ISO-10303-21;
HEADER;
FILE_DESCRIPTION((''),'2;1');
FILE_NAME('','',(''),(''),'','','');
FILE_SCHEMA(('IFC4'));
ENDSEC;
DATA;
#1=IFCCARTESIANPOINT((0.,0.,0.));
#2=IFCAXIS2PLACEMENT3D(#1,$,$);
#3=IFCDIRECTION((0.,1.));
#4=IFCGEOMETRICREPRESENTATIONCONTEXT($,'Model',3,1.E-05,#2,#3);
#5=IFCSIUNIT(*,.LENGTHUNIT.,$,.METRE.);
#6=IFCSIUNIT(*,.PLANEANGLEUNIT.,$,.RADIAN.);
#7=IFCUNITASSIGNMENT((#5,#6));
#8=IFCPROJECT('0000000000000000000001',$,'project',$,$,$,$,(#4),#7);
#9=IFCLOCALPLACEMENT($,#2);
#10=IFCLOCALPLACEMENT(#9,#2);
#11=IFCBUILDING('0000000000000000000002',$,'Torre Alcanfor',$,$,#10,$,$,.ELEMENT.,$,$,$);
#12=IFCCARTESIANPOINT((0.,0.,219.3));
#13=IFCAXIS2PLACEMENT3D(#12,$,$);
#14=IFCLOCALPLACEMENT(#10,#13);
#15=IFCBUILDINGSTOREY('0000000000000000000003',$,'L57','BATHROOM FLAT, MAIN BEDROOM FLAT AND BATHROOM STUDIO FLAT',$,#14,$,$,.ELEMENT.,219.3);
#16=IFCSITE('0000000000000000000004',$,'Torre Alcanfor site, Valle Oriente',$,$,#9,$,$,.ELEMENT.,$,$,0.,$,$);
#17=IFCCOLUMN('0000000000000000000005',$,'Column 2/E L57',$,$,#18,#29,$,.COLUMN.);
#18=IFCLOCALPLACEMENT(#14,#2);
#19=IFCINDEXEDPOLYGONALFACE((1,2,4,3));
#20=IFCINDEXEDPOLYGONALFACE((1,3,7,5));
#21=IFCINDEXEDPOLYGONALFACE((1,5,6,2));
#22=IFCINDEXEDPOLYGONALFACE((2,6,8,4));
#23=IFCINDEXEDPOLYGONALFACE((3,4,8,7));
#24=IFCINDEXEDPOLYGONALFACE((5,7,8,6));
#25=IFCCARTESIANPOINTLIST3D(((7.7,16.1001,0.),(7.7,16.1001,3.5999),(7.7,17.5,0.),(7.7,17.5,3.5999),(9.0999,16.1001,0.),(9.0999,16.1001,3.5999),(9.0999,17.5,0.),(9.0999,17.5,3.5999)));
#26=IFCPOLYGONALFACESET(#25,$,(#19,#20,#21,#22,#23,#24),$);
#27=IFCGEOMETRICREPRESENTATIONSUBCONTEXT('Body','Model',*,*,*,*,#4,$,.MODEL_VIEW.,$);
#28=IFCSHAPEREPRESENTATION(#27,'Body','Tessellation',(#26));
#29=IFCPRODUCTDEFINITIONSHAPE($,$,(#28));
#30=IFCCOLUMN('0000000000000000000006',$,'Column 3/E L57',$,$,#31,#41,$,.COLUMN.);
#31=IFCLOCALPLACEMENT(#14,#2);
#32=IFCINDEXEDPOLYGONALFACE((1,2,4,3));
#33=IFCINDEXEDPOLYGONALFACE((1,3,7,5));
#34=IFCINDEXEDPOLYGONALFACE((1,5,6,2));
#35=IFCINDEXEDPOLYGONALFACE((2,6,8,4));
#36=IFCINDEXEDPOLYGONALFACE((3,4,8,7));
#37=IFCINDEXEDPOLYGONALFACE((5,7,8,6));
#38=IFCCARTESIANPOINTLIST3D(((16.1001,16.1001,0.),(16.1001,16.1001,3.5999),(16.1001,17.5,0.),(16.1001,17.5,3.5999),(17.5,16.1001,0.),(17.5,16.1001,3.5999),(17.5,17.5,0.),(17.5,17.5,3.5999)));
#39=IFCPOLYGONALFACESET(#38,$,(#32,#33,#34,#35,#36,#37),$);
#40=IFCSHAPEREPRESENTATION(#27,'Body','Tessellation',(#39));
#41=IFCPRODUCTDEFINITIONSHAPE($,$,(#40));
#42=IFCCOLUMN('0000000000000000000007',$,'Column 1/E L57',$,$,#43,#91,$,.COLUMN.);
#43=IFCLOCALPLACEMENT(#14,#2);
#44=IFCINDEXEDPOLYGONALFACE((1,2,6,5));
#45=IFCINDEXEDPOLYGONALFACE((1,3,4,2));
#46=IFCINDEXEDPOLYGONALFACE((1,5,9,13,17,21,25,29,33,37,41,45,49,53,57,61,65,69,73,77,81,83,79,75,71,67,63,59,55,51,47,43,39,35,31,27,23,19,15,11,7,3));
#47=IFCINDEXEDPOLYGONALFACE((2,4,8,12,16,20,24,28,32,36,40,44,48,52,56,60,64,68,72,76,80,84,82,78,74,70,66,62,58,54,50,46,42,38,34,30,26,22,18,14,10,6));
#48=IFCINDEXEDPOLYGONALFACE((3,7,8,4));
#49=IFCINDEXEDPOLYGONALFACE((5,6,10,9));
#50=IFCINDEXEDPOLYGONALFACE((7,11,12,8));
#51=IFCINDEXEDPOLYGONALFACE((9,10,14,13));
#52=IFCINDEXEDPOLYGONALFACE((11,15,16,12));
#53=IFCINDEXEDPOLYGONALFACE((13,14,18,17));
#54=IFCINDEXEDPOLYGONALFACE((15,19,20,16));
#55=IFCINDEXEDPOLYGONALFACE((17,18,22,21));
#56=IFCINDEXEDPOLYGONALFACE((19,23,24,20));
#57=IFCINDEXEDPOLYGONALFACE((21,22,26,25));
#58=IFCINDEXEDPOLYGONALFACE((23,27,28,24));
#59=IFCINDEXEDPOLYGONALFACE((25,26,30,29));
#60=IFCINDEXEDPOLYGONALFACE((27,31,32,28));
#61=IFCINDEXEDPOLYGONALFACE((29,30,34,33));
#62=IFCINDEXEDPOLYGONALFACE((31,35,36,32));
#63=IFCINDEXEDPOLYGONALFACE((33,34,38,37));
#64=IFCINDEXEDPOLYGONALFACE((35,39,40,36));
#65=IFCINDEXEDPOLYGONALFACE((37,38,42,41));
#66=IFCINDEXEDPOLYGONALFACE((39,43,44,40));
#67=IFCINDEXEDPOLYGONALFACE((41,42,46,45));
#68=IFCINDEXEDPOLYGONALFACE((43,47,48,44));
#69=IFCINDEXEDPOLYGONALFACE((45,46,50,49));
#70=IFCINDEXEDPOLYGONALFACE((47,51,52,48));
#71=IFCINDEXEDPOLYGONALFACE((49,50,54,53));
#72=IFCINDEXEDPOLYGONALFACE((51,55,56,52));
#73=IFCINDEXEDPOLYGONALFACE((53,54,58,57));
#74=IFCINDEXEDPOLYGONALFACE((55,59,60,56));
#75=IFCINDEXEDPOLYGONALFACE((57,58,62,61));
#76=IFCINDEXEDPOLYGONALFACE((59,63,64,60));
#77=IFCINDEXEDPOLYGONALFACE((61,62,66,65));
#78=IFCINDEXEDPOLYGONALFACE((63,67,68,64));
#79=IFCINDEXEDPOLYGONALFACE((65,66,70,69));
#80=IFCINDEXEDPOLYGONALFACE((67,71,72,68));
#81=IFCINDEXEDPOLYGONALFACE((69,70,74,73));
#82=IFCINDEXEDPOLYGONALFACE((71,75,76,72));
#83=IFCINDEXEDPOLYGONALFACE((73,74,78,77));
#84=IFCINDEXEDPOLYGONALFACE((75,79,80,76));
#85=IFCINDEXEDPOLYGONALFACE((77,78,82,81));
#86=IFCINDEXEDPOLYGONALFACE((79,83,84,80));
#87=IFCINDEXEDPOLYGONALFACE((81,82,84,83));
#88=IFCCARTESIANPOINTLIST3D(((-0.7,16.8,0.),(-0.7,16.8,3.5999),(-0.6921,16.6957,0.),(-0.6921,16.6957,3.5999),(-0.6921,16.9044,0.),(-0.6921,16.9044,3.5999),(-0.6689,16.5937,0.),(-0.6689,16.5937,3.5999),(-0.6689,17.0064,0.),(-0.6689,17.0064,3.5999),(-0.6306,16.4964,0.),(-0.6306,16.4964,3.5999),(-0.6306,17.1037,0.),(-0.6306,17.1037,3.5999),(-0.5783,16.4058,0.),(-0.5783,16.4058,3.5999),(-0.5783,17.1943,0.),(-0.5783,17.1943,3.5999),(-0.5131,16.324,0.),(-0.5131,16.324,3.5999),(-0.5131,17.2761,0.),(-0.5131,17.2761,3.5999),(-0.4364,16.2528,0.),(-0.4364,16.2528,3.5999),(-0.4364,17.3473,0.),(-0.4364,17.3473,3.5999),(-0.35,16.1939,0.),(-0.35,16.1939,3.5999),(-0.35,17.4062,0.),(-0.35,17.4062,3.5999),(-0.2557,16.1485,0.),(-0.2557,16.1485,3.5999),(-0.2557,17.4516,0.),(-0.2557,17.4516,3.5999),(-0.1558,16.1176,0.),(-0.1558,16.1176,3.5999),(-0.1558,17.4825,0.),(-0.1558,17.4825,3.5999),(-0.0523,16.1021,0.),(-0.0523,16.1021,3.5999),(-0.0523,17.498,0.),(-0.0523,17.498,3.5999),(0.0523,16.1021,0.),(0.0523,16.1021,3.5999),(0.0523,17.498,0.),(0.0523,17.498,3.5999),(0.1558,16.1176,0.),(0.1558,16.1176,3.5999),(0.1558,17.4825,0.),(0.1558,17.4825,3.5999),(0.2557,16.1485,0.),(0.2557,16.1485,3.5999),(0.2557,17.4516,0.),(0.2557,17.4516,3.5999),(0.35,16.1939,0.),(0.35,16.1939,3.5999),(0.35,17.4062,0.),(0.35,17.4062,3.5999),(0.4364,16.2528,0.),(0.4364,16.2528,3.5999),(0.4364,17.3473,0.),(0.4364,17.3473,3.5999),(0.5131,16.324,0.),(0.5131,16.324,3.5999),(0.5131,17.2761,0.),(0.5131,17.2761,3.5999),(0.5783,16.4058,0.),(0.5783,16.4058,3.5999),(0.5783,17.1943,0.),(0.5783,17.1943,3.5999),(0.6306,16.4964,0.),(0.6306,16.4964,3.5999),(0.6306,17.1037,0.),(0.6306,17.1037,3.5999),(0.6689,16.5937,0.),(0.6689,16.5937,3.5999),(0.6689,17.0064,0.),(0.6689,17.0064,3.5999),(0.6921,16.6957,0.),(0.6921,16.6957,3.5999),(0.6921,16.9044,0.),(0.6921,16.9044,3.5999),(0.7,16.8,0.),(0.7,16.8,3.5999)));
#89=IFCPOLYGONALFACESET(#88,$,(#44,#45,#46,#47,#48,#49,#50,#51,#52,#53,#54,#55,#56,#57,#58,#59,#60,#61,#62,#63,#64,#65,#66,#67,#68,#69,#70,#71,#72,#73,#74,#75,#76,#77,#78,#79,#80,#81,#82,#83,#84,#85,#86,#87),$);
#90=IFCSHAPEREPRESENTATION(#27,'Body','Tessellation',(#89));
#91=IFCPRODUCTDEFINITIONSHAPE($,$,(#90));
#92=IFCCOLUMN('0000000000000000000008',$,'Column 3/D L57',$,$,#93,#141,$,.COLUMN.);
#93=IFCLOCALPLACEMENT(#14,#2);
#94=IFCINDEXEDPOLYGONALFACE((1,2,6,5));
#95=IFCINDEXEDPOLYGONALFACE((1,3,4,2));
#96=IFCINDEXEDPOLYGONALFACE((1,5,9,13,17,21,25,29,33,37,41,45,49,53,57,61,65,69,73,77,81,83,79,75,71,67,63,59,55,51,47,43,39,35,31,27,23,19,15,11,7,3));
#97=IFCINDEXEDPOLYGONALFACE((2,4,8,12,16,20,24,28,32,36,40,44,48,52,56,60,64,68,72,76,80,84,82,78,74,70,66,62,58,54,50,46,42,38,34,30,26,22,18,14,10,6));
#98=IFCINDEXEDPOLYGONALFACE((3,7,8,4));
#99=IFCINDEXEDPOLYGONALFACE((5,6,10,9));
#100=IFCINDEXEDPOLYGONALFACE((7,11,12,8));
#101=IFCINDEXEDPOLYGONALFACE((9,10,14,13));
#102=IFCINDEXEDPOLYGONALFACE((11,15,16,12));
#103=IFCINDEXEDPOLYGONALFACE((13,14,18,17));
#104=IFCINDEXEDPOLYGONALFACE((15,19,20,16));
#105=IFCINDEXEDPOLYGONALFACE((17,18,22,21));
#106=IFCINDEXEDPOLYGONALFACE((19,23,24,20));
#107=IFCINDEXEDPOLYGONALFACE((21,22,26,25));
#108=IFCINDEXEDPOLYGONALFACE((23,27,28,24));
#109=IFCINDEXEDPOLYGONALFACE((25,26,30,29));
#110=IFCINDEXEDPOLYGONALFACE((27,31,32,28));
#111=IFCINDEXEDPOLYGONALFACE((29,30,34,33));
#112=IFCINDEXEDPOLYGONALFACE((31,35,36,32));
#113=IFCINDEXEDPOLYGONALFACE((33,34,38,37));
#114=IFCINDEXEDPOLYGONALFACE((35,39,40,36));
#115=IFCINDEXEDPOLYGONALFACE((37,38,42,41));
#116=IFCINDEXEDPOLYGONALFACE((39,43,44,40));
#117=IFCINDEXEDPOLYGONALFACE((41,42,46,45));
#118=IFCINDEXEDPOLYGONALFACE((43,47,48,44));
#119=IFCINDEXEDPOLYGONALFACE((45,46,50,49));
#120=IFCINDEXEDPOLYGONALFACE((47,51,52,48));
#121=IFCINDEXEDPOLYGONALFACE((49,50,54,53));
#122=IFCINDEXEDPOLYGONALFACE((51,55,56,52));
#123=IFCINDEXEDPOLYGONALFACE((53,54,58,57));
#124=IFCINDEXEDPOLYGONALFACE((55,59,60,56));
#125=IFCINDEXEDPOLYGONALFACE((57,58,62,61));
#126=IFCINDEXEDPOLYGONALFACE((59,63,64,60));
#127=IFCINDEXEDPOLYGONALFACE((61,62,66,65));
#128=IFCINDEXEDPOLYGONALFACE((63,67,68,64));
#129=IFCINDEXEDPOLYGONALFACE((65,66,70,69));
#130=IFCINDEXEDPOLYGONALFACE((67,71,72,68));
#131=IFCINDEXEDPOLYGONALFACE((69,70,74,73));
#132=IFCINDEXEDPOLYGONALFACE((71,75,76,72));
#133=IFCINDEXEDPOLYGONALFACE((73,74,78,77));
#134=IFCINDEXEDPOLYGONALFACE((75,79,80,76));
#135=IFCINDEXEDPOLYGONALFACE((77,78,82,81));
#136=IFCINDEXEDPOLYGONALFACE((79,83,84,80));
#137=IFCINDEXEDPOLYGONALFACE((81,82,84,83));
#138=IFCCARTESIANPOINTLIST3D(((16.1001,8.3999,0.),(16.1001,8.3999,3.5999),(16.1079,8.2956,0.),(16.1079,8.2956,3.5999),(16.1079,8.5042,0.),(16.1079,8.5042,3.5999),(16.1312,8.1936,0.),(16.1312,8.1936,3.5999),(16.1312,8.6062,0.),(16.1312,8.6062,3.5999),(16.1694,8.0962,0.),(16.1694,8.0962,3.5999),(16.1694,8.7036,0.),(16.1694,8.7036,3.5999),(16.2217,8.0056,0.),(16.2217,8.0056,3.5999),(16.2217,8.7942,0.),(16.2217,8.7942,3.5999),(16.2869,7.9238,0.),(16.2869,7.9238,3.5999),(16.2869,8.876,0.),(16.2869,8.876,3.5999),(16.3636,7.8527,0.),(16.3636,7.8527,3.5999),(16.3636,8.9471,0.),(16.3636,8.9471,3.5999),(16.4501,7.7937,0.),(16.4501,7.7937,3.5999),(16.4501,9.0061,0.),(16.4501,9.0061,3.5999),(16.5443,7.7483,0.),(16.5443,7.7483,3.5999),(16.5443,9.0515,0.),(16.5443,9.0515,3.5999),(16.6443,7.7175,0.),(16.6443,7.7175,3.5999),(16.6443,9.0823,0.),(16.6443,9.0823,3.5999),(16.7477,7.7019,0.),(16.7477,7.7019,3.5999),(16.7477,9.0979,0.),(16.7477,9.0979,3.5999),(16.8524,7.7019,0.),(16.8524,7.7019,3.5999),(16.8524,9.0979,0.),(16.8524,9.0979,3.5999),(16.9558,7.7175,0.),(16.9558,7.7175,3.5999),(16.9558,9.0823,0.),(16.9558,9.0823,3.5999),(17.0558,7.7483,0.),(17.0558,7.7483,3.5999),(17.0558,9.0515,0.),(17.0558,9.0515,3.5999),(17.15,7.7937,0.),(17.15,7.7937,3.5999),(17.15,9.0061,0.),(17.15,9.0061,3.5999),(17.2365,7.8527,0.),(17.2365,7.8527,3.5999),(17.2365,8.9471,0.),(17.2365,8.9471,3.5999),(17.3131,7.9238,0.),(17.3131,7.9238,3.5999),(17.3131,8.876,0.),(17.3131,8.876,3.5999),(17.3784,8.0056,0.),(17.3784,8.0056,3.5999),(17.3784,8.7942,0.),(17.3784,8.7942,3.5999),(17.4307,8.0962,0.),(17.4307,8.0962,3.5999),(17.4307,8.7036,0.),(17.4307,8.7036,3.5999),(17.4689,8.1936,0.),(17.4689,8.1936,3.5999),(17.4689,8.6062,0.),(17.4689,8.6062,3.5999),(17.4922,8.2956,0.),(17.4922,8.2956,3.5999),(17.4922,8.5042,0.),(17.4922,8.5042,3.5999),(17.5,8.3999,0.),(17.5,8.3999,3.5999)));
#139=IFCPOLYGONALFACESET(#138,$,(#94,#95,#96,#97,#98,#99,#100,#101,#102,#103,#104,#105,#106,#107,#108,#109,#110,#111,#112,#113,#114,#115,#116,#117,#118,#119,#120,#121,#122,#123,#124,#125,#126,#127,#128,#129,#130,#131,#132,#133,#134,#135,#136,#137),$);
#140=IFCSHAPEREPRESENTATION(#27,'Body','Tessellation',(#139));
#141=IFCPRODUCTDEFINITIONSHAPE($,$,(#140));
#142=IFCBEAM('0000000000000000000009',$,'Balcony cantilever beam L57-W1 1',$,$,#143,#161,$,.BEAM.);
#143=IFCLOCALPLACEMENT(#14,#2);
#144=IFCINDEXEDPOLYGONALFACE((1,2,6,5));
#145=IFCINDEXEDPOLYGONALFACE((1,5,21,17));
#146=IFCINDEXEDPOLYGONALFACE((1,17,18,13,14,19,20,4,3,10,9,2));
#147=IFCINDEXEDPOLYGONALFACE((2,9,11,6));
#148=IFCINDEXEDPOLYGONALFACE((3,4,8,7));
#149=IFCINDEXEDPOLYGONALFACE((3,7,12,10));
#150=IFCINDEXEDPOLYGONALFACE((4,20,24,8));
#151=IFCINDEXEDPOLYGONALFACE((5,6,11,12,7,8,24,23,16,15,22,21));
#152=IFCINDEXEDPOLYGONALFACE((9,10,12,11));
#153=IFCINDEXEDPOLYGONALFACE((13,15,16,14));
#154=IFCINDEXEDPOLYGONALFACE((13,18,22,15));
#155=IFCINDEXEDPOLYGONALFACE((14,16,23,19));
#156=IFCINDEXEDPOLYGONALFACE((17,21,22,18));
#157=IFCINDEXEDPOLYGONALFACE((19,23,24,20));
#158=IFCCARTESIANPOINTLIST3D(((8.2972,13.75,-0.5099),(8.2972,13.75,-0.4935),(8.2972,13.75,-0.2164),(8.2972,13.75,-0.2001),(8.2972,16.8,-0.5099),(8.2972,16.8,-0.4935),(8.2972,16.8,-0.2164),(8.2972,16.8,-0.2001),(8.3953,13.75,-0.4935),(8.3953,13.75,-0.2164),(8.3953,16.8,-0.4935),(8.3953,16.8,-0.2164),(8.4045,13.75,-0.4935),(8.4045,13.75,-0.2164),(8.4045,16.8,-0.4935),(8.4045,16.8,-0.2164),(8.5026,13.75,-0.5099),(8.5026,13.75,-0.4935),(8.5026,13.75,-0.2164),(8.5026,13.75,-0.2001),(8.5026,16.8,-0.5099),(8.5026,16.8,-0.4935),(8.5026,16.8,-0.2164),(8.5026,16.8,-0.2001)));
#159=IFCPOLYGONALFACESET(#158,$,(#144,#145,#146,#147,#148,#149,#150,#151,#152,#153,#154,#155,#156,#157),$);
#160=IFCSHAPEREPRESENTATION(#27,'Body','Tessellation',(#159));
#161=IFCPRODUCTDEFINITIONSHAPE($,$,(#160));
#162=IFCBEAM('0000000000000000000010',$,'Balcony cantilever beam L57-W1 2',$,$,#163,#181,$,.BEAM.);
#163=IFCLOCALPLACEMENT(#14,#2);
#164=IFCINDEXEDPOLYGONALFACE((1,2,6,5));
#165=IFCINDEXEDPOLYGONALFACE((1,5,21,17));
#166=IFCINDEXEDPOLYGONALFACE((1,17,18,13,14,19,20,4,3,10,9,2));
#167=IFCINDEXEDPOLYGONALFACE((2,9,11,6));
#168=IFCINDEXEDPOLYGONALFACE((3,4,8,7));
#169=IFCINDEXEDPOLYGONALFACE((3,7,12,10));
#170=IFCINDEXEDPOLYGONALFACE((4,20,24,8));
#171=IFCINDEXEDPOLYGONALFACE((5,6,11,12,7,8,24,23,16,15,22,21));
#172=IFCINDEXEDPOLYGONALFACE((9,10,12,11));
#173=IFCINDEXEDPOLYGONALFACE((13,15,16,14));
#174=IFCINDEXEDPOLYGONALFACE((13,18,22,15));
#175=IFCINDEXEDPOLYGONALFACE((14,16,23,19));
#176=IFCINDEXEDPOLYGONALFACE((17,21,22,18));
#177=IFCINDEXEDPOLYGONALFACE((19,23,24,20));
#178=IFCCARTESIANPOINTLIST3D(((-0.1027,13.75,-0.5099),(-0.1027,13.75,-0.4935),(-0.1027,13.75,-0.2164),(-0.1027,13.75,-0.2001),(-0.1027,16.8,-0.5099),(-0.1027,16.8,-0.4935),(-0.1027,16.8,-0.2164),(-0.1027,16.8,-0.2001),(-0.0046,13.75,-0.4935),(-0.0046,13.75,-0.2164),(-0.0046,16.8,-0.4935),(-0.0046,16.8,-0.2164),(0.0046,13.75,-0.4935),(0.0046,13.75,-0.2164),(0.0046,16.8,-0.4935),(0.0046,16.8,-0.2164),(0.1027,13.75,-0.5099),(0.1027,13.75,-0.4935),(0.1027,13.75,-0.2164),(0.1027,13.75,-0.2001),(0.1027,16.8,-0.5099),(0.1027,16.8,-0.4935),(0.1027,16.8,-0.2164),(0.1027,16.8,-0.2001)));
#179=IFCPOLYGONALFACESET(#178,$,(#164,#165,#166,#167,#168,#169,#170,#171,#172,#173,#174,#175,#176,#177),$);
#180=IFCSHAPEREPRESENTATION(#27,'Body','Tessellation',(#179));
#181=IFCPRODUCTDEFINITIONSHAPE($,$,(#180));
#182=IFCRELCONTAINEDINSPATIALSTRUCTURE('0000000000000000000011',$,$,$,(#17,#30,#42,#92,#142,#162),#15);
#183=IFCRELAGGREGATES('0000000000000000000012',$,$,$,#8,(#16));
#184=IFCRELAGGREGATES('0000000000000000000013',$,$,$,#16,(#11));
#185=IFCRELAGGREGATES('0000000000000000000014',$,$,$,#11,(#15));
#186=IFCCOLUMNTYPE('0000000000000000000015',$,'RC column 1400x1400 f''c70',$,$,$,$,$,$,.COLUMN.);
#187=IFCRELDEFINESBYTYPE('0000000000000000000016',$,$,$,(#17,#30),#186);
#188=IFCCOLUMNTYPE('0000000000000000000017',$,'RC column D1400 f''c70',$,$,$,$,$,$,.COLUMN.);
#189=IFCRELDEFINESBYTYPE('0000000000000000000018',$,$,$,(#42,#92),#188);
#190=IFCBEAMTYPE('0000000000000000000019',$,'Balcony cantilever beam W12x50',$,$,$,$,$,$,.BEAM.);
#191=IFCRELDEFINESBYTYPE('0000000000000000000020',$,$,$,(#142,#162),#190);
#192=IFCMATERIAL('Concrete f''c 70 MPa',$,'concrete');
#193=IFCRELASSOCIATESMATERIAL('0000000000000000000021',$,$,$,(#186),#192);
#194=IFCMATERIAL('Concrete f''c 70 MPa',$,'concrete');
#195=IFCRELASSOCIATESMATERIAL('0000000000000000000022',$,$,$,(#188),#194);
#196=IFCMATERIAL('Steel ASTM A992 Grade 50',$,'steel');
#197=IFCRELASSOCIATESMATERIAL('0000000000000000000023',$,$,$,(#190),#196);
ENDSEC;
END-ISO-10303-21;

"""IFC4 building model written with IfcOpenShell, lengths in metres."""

from ifc_helpers import new_model, si_unit, direction, frame, origin, origin_2d, place, context, subcontext, project, spatial, rectangle, circle, i_section, extrude, material, material_profile, profile_set, type_object, element, save


model = new_model("IFC4")

# Units and contexts
model_context = context("Model", 3, precision=1e-05, world=origin(), true_north=direction((0.0, 1.0)))
body_context = subcontext(model_context, "Body", "Model", "MODEL_VIEW")
ifc_project = project(units=[si_unit("LENGTHUNIT", "METRE"), si_unit("PLANEANGLEUNIT", "RADIAN")], contexts=[model_context])

# Site, building, storey
site_placement = place(None, origin())
site = spatial("IfcSite", under=ifc_project, at=site_placement, Name="Torre Alcanfor site, Valle Oriente", CompositionType="ELEMENT", RefElevation=0.0)
building_placement = place(site_placement, origin())
building = spatial("IfcBuilding", under=site, at=building_placement, Name="Torre Alcanfor", CompositionType="ELEMENT")
storey_placement = place(building_placement, frame((0.0, 0.0, 219.3)))
storey = spatial("IfcBuildingStorey", under=building, at=storey_placement, Name="L57", Description="BATHROOM FLAT, MAIN BEDROOM FLAT AND BATHROOM STUDIO FLAT", CompositionType="ELEMENT", Elevation=219.3)

# Columns
ifc_material_1 = material(Name="Concrete f'c 70 MPa", Category="concrete")
ifc_material_profile_1 = material_profile(ifc_material_1, rectangle(XDim=1.3999, YDim=1.3999, at=origin_2d()), Name="1400x1400")
ifc_profile_set_1 = profile_set([ifc_material_profile_1], Name="Concrete f'c 70 MPa")
column_type_1 = type_object("IfcColumnType", Name="RC column 1400x1400 f'c70", PredefinedType="COLUMN", material=ifc_profile_set_1)
for number, where, z_axis, x_axis, name in (
    (1, (8.3999, 16.8, 0.0), (0.0, 0.0, 1.0), (1.0, 0.0, 0.0), "Column 2/E L57"),
    (2, (16.8, 16.8, 0.0), (0.0, 0.0, 1.0), (1.0, 0.0, 0.0), "Column 3/E L57"),
):
    element("IfcColumn", number, at=place(storey_placement, frame(where, z_axis=z_axis, x_axis=x_axis)), inside=storey, type_object=column_type_1, Name=name, PredefinedType="COLUMN", context=body_context, shape_type="SweptSolid", body=[
        extrude(rectangle(XDim=1.3999, YDim=1.3999, at=origin_2d()), origin(), (0.0, 0.0, 1.0), 3.5999),
    ])
ifc_material_2 = material(Name="Concrete f'c 70 MPa", Category="concrete")
ifc_material_profile_2 = material_profile(ifc_material_2, circle(Radius=0.7, at=origin_2d()), Name="D1400")
ifc_profile_set_2 = profile_set([ifc_material_profile_2], Name="Concrete f'c 70 MPa")
column_type_2 = type_object("IfcColumnType", Name="RC column D1400 f'c70", PredefinedType="COLUMN", material=ifc_profile_set_2)
for number, where, z_axis, x_axis, name in (
    (3, (0.0, 16.8, 0.0), (0.0, 0.0, 1.0), (1.0, 0.0, 0.0), "Column 1/E L57"),
    (4, (16.8, 8.3999, 0.0), (0.0, 0.0, 1.0), (1.0, 0.0, 0.0), "Column 3/D L57"),
):
    element("IfcColumn", number, at=place(storey_placement, frame(where, z_axis=z_axis, x_axis=x_axis)), inside=storey, type_object=column_type_2, Name=name, PredefinedType="COLUMN", context=body_context, shape_type="SweptSolid", body=[
        extrude(circle(Radius=0.7, at=origin_2d()), origin(), (0.0, 0.0, 1.0), 3.5999),
    ])

# Beams
ifc_material_3 = material(Name="Steel ASTM A992 Grade 50", Category="steel")
ifc_material_profile_3 = material_profile(ifc_material_3, i_section(OverallWidth=0.2053, OverallDepth=0.3098, WebThickness=0.0093, FlangeThickness=0.0164, at=origin_2d()), Name="W12x50")
ifc_profile_set_3 = profile_set([ifc_material_profile_3], Name="Steel ASTM A992 Grade 50")
beam_type_1 = type_object("IfcBeamType", Name="Balcony cantilever beam W12x50", PredefinedType="BEAM", material=ifc_profile_set_3)
for number, where, z_axis, x_axis, name in (
    (5, (8.3999, 16.8, -0.355), (0.0, -1.0, 0.0), (1.0, 0.0, 0.0), "Balcony cantilever beam L57-W1 1"),
    (6, (0.0, 16.8, -0.355), (0.0, -1.0, 0.0), (1.0, 0.0, 0.0), "Balcony cantilever beam L57-W1 2"),
):
    element("IfcBeam", number, at=place(storey_placement, frame(where, z_axis=z_axis, x_axis=x_axis)), inside=storey, type_object=beam_type_1, Name=name, PredefinedType="BEAM", context=body_context, shape_type="SweptSolid", body=[
        extrude(i_section(OverallWidth=0.2053, OverallDepth=0.3098, WebThickness=0.0093, FlangeThickness=0.0164, at=origin_2d()), origin(), (0.0, 0.0, 1.0), 3.05),
    ])

save(model, "model.ifc")
